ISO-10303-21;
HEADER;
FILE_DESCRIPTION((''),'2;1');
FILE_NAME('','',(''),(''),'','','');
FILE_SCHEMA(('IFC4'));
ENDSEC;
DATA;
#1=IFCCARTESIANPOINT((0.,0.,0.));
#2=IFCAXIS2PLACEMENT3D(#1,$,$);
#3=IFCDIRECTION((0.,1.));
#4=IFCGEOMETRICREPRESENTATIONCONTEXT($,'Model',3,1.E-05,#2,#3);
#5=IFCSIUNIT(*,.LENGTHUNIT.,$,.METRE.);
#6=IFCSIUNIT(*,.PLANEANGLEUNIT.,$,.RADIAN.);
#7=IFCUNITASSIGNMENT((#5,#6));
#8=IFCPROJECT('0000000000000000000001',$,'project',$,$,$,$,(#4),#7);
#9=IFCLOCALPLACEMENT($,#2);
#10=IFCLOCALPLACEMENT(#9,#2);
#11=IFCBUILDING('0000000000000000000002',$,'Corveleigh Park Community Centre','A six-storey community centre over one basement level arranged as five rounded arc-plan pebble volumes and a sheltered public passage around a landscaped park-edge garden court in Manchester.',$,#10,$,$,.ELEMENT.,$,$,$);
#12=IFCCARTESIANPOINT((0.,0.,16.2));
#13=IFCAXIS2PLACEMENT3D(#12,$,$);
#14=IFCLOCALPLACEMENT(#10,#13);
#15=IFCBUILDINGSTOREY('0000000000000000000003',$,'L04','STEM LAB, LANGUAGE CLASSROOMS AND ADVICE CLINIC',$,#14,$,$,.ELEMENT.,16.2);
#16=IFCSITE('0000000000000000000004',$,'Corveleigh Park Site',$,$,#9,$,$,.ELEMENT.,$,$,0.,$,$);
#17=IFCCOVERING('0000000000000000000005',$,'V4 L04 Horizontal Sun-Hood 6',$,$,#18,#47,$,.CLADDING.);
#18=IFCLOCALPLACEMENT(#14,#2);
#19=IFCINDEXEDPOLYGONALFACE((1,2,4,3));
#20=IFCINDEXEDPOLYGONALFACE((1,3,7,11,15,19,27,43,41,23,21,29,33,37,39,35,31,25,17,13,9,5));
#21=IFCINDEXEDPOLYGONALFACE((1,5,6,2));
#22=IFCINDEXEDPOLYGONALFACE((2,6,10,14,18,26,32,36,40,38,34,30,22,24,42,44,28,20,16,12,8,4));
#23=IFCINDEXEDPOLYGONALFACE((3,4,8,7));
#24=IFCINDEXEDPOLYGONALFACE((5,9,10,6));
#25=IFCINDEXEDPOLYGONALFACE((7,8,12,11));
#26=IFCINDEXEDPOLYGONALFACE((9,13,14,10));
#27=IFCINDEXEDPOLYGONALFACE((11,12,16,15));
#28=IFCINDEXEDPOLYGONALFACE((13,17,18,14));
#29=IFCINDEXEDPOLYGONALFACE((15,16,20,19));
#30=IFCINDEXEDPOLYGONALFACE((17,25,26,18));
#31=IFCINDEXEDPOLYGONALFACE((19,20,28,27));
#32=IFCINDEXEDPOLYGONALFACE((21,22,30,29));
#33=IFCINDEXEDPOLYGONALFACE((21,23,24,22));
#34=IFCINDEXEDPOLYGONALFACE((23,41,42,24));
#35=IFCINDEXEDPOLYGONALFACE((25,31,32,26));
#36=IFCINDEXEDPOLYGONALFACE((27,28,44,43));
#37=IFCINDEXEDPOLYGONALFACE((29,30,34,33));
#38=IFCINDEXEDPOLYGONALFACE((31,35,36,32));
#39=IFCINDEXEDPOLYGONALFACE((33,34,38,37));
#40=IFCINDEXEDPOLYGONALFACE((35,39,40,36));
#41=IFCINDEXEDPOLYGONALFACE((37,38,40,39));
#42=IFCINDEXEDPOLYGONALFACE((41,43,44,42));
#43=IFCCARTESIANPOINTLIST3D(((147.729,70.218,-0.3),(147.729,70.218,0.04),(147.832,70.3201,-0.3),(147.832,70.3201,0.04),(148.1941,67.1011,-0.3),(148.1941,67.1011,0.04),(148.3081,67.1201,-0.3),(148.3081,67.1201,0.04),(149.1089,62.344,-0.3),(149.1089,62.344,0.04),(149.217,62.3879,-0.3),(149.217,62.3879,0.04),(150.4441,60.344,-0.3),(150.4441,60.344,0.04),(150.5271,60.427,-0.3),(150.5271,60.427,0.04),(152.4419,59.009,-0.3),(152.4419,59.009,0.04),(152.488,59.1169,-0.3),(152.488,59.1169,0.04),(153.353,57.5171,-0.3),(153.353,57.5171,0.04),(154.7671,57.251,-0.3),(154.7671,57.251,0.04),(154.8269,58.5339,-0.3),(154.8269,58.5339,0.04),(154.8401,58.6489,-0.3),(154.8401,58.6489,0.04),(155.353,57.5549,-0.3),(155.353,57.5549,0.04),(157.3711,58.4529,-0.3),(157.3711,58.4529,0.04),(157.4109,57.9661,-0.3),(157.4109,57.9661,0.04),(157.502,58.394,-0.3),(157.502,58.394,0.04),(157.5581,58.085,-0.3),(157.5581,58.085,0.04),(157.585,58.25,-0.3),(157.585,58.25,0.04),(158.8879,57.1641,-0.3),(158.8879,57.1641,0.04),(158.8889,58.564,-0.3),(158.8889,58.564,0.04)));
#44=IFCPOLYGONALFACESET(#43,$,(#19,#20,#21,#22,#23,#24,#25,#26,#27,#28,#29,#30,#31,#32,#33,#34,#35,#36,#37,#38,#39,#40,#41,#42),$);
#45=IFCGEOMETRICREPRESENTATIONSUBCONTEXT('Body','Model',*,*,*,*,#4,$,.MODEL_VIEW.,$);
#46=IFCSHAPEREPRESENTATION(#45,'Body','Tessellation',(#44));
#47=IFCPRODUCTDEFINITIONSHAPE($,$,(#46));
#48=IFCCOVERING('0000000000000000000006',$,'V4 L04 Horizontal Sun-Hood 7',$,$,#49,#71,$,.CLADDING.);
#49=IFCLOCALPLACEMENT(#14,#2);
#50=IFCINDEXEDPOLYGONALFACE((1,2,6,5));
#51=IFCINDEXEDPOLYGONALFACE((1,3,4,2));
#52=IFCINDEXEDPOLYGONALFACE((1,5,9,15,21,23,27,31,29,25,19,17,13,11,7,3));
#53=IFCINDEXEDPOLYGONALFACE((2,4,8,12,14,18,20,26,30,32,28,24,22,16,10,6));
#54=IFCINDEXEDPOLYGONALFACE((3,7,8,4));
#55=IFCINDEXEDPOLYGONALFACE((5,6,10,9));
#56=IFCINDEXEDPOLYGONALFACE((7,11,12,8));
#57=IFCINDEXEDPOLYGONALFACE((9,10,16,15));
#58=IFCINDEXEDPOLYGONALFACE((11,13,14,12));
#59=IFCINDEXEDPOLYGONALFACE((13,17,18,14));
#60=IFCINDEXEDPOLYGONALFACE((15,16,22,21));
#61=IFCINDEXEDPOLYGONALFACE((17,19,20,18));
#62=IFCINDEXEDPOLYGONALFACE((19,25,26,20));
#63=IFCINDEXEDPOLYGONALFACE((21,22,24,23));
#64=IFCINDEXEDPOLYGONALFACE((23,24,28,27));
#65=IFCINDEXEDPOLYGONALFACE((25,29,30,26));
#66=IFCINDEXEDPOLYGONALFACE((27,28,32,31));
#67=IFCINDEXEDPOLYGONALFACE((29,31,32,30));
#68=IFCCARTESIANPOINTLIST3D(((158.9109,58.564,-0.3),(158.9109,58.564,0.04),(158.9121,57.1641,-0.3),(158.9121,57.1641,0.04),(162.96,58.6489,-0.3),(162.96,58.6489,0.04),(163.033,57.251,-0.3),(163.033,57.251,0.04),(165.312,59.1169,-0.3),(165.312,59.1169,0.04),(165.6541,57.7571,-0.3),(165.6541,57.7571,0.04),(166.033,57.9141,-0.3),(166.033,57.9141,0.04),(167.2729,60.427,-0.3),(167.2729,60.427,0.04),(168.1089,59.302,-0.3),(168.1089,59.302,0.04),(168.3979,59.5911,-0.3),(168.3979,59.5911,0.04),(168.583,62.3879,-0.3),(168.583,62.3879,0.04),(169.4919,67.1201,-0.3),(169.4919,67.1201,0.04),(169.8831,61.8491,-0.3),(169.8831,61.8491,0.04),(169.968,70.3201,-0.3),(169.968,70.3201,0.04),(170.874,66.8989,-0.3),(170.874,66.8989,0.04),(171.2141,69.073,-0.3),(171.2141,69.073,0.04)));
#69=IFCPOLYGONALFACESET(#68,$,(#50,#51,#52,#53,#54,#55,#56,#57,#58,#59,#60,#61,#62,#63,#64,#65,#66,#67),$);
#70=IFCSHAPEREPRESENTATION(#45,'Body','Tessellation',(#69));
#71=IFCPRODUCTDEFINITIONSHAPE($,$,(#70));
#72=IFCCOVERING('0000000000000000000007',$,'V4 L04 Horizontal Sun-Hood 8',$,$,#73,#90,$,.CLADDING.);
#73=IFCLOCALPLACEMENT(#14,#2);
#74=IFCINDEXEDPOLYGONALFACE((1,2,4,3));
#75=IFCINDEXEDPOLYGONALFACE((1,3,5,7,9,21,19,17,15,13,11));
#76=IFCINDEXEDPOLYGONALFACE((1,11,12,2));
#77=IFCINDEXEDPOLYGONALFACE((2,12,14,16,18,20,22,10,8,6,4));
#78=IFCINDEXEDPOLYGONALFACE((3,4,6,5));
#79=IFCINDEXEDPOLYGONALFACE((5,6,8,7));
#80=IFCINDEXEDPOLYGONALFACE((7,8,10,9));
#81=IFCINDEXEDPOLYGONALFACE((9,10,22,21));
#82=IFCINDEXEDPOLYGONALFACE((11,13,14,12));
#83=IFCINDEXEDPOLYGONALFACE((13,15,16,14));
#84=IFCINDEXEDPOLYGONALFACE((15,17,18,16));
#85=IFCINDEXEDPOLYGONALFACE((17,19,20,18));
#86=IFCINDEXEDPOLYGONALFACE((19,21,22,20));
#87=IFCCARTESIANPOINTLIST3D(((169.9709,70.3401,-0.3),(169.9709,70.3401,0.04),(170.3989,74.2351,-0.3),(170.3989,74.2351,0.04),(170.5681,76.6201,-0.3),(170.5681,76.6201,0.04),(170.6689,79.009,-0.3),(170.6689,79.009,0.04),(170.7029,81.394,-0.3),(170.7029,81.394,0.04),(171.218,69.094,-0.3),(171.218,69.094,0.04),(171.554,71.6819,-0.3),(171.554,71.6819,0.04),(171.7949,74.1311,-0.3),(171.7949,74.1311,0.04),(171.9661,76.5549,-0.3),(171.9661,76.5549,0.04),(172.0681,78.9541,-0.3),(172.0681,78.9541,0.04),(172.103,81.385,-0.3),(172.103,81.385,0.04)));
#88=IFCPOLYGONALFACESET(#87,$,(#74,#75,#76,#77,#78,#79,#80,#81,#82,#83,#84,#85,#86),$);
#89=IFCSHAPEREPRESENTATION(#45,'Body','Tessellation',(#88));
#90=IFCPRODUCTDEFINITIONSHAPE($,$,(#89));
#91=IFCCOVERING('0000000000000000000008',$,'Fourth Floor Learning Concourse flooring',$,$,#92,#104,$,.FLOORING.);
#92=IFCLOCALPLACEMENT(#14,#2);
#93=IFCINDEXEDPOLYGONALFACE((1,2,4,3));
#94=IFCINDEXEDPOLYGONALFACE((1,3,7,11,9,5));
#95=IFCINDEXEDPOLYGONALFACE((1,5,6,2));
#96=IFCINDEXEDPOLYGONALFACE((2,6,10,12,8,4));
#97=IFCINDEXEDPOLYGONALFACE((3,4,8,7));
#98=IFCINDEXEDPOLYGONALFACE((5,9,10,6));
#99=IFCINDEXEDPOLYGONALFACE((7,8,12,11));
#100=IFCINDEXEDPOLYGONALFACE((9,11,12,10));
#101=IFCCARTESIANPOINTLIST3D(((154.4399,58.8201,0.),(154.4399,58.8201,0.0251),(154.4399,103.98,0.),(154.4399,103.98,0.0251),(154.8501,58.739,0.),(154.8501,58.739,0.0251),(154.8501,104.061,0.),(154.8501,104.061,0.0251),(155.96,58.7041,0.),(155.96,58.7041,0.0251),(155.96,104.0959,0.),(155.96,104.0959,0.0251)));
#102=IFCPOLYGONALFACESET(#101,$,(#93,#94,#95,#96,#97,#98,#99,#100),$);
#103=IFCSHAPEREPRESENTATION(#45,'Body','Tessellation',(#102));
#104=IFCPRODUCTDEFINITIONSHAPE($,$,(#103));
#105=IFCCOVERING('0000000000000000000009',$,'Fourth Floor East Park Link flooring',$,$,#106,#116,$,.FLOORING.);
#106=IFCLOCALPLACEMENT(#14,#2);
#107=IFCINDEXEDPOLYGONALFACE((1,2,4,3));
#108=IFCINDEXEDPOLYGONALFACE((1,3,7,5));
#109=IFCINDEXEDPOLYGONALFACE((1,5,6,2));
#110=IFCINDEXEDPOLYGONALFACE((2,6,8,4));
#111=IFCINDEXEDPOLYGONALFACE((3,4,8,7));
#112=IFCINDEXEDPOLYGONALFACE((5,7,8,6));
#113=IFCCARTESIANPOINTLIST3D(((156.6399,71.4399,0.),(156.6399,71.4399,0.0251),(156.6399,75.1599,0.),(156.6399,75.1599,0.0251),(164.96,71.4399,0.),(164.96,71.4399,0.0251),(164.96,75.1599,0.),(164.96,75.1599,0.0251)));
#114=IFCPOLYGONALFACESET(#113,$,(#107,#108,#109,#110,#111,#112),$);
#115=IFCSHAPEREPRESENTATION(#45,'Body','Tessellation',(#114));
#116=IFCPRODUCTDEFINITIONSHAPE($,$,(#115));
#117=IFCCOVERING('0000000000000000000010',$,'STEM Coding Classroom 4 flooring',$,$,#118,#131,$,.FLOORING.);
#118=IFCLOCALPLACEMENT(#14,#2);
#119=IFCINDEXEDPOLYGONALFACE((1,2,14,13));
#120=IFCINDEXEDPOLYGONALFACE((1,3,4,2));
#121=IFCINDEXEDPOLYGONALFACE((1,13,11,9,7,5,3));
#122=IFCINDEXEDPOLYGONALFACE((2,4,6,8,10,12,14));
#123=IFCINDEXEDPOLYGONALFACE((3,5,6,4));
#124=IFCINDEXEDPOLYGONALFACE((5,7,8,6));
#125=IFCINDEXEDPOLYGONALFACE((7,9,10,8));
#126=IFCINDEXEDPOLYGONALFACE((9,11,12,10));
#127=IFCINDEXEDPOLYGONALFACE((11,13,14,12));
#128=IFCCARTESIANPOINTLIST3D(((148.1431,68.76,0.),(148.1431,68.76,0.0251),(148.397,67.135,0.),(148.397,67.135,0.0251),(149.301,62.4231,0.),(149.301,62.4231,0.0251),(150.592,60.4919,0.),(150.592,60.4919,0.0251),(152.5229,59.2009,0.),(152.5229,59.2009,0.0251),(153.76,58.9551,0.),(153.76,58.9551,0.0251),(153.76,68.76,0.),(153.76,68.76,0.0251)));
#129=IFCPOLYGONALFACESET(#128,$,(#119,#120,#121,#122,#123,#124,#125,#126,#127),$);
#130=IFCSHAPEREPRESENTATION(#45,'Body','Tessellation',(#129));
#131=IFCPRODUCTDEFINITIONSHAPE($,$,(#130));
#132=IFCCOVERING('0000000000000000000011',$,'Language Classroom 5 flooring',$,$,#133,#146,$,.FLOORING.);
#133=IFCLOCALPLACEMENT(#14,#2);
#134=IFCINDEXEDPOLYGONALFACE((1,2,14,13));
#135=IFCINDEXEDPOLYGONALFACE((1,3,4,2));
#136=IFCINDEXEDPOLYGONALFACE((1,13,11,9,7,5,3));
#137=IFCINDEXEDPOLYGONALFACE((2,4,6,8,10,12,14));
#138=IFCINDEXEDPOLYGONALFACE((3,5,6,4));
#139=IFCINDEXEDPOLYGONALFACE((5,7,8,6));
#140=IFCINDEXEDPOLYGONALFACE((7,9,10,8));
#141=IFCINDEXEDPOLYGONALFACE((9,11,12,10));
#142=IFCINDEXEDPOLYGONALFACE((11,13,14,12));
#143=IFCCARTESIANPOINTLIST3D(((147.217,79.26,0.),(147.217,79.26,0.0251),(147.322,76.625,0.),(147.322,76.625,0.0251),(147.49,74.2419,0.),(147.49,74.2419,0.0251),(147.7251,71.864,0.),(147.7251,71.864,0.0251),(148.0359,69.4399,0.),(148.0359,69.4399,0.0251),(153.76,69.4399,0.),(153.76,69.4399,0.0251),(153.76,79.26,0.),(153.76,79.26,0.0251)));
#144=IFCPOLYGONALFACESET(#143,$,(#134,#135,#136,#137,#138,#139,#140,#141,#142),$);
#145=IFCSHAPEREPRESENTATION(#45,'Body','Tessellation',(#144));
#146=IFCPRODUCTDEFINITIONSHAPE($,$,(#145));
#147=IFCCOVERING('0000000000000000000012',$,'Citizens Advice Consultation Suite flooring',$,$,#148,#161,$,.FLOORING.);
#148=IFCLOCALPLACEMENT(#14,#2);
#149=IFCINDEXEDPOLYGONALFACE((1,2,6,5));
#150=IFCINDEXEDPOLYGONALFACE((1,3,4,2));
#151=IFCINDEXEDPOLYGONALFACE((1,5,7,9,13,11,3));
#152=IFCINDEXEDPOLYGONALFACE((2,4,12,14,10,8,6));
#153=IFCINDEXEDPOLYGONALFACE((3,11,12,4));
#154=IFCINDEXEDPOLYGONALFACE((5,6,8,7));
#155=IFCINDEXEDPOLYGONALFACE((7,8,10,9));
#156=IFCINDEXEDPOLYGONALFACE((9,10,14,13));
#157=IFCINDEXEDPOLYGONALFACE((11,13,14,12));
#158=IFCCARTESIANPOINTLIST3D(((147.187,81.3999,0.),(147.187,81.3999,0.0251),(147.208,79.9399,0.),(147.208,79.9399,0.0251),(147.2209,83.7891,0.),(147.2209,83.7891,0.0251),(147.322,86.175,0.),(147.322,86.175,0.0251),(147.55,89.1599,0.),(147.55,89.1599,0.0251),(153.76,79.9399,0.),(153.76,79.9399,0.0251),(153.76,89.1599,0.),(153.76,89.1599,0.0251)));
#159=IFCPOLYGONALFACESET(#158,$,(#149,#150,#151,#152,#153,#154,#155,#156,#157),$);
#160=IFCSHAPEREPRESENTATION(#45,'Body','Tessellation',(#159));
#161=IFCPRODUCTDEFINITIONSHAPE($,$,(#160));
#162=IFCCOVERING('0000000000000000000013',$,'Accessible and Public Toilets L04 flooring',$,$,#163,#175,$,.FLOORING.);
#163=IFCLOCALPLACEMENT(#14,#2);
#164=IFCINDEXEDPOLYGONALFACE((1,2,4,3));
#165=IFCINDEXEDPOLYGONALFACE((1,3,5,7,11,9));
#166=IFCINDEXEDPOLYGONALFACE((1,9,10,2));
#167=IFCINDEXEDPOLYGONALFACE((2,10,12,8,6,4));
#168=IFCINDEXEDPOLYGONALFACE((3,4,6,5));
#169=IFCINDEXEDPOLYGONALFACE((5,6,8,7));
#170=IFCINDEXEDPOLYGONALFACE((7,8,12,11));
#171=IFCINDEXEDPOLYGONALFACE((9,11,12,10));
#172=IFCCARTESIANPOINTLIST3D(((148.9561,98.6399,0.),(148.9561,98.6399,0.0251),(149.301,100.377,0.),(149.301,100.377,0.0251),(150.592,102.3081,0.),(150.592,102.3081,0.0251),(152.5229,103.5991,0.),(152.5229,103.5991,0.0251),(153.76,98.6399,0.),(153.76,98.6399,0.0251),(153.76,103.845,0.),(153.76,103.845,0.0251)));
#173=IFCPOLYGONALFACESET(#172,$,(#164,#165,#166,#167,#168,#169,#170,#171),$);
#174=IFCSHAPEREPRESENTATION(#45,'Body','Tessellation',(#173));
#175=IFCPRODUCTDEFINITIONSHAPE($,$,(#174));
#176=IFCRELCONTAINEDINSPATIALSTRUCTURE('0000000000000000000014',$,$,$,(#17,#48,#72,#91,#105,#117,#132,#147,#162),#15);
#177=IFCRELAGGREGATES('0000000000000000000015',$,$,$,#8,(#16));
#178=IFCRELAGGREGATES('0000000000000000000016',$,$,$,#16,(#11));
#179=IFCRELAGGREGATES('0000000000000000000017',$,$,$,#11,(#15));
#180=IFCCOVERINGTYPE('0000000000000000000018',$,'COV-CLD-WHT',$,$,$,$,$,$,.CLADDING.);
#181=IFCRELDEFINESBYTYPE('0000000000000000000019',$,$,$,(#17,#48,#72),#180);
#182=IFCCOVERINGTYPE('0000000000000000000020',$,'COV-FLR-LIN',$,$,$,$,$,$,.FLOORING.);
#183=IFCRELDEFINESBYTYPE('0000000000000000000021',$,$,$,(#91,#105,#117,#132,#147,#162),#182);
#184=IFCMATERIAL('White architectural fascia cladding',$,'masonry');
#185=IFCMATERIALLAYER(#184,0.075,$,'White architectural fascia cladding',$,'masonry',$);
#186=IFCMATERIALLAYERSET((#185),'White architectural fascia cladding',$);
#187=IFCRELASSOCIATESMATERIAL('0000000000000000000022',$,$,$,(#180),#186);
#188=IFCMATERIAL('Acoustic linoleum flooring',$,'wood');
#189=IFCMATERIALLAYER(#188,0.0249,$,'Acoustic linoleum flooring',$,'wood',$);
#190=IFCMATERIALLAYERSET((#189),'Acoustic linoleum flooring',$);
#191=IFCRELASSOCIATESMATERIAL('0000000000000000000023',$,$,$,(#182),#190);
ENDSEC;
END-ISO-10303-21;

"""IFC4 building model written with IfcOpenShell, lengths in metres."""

from ifc_helpers import new_model, si_unit, direction, frame, origin, place, context, subcontext, project, spatial, polyline, outline, extrude, material, layer, layer_set, type_object, element, save


model = new_model("IFC4")

# Units and contexts
model_context = context("Model", 3, precision=1e-05, world=origin(), true_north=direction((0.0, 1.0)))
body_context = subcontext(model_context, "Body", "Model", "MODEL_VIEW")
ifc_project = project(units=[si_unit("LENGTHUNIT", "METRE"), si_unit("PLANEANGLEUNIT", "RADIAN")], contexts=[model_context])

# Site, building, storey
site_placement = place(None, origin())
site = spatial("IfcSite", under=ifc_project, at=site_placement, Name="Corveleigh Park Site", CompositionType="ELEMENT", RefElevation=0.0)
building_placement = place(site_placement, origin())
building = spatial("IfcBuilding", under=site, at=building_placement, Name="Corveleigh Park Community Centre", Description="A six-storey community centre over one basement level arranged as five rounded arc-plan pebble volumes and a sheltered public passage around a landscaped park-edge garden court in Manchester.", CompositionType="ELEMENT")
storey_placement = place(building_placement, frame((0.0, 0.0, 16.2)))
storey = spatial("IfcBuildingStorey", under=building, at=storey_placement, Name="L04", Description="STEM LAB, LANGUAGE CLASSROOMS AND ADVICE CLINIC", CompositionType="ELEMENT", Elevation=16.2)

# Coverings
ifc_material_1 = material(Name="White architectural fascia cladding", Category="masonry")
ifc_layer_1 = layer(ifc_material_1, 0.075, Name="White architectural fascia cladding", Category="masonry")
ifc_layer_set_1 = layer_set([ifc_layer_1], Name="White architectural fascia cladding")
covering_type_1 = type_object("IfcCoveringType", Name="COV-CLD-WHT", PredefinedType="CLADDING", material=ifc_layer_set_1)
covering_1_placement = place(storey_placement, frame((0.0, 0.0, -0.3)))
element("IfcCovering", 1, at=covering_1_placement, inside=storey, type_object=covering_type_1, Name="V4 L04 Horizontal Sun-Hood 6", PredefinedType="CLADDING", context=body_context, shape_type="SweptSolid", body=[
    extrude(outline(polyline([(153.353, 57.5171), (155.353, 57.5549), (157.4109, 57.9661), (157.5581, 58.085), (157.585, 58.25), (157.502, 58.394), (157.3711, 58.4529), (154.8269, 58.5339), (152.4419, 59.009), (150.4441, 60.344), (149.1089, 62.344), (148.1941, 67.1011), (147.729, 70.218), (147.832, 70.3201), (148.3081, 67.1201), (149.217, 62.3879), (150.5271, 60.427), (152.488, 59.1169), (154.8401, 58.6489), (158.8889, 58.564), (158.8879, 57.1641), (154.7671, 57.251), (153.353, 57.5171)])), origin(), (0.0, 0.0, 1.0), 0.3401),
])
covering_2_placement = place(storey_placement, frame((0.0, 0.0, -0.3)))
element("IfcCovering", 2, at=covering_2_placement, inside=storey, type_object=covering_type_1, Name="V4 L04 Horizontal Sun-Hood 7", PredefinedType="CLADDING", context=body_context, shape_type="SweptSolid", body=[
    extrude(outline(polyline([(170.874, 66.8989), (169.8831, 61.8491), (168.3979, 59.5911), (168.1089, 59.302), (166.033, 57.9141), (165.6541, 57.7571), (163.033, 57.251), (158.9121, 57.1641), (158.9109, 58.564), (162.96, 58.6489), (165.312, 59.1169), (167.2729, 60.427), (168.583, 62.3879), (169.4919, 67.1201), (169.968, 70.3201), (171.2141, 69.073), (170.874, 66.8989)])), origin(), (0.0, 0.0, 1.0), 0.3401),
])
covering_3_placement = place(storey_placement, frame((0.0, 0.0, -0.3)))
element("IfcCovering", 3, at=covering_3_placement, inside=storey, type_object=covering_type_1, Name="V4 L04 Horizontal Sun-Hood 8", PredefinedType="CLADDING", context=body_context, shape_type="SweptSolid", body=[
    extrude(outline(polyline([(172.103, 81.385), (172.0681, 78.9541), (171.9661, 76.5549), (171.7949, 74.1311), (171.554, 71.6819), (171.218, 69.094), (169.9709, 70.3401), (170.3989, 74.2351), (170.5681, 76.6201), (170.6689, 79.009), (170.7029, 81.394), (172.103, 81.385)])), origin(), (0.0, 0.0, 1.0), 0.3401),
])
ifc_material_2 = material(Name="Acoustic linoleum flooring", Category="wood")
ifc_layer_2 = layer(ifc_material_2, 0.0249, Name="Acoustic linoleum flooring", Category="wood")
ifc_layer_set_2 = layer_set([ifc_layer_2], Name="Acoustic linoleum flooring")
covering_type_2 = type_object("IfcCoveringType", Name="COV-FLR-LIN", PredefinedType="FLOORING", material=ifc_layer_set_2)
covering_4_placement = place(storey_placement, origin())
element("IfcCovering", 4, at=covering_4_placement, inside=storey, type_object=covering_type_2, Name="Fourth Floor Learning Concourse flooring", PredefinedType="FLOORING", context=body_context, shape_type="SweptSolid", body=[
    extrude(outline(polyline([(154.4399, 58.8201), (154.4399, 103.98), (154.8501, 104.061), (155.96, 104.0959), (155.96, 58.7041), (154.8501, 58.739), (154.4399, 58.8201)])), origin(), (0.0, 0.0, 1.0), 0.0251),
])
covering_5_placement = place(storey_placement, origin())
element("IfcCovering", 5, at=covering_5_placement, inside=storey, type_object=covering_type_2, Name="Fourth Floor East Park Link flooring", PredefinedType="FLOORING", context=body_context, shape_type="SweptSolid", body=[
    extrude(outline(polyline([(164.96, 71.4399), (156.6399, 71.4399), (156.6399, 75.1599), (164.96, 75.1599), (164.96, 71.4399)])), origin(), (0.0, 0.0, 1.0), 0.0251),
])
covering_6_placement = place(storey_placement, origin())
element("IfcCovering", 6, at=covering_6_placement, inside=storey, type_object=covering_type_2, Name="STEM Coding Classroom 4 flooring", PredefinedType="FLOORING", context=body_context, shape_type="SweptSolid", body=[
    extrude(outline(polyline([(148.397, 67.135), (148.1431, 68.76), (153.76, 68.76), (153.76, 58.9551), (152.5229, 59.2009), (150.592, 60.4919), (149.301, 62.4231), (148.397, 67.135)])), origin(), (0.0, 0.0, 1.0), 0.0251),
])
covering_7_placement = place(storey_placement, origin())
element("IfcCovering", 7, at=covering_7_placement, inside=storey, type_object=covering_type_2, Name="Language Classroom 5 flooring", PredefinedType="FLOORING", context=body_context, shape_type="SweptSolid", body=[
    extrude(outline(polyline([(147.49, 74.2419), (147.322, 76.625), (147.217, 79.26), (153.76, 79.26), (153.76, 69.4399), (148.0359, 69.4399), (147.7251, 71.864), (147.49, 74.2419)])), origin(), (0.0, 0.0, 1.0), 0.0251),
])
covering_8_placement = place(storey_placement, origin())
element("IfcCovering", 8, at=covering_8_placement, inside=storey, type_object=covering_type_2, Name="Citizens Advice Consultation Suite flooring", PredefinedType="FLOORING", context=body_context, shape_type="SweptSolid", body=[
    extrude(outline(polyline([(147.322, 86.175), (147.55, 89.1599), (153.76, 89.1599), (153.76, 79.9399), (147.208, 79.9399), (147.187, 81.3999), (147.2209, 83.7891), (147.322, 86.175)])), origin(), (0.0, 0.0, 1.0), 0.0251),
])
covering_9_placement = place(storey_placement, origin())
element("IfcCovering", 9, at=covering_9_placement, inside=storey, type_object=covering_type_2, Name="Accessible and Public Toilets L04 flooring", PredefinedType="FLOORING", context=body_context, shape_type="SweptSolid", body=[
    extrude(outline(polyline([(149.301, 100.377), (150.592, 102.3081), (152.5229, 103.5991), (153.76, 103.845), (153.76, 98.6399), (148.9561, 98.6399), (149.301, 100.377)])), origin(), (0.0, 0.0, 1.0), 0.0251),
])

save(model, "model.ifc")
